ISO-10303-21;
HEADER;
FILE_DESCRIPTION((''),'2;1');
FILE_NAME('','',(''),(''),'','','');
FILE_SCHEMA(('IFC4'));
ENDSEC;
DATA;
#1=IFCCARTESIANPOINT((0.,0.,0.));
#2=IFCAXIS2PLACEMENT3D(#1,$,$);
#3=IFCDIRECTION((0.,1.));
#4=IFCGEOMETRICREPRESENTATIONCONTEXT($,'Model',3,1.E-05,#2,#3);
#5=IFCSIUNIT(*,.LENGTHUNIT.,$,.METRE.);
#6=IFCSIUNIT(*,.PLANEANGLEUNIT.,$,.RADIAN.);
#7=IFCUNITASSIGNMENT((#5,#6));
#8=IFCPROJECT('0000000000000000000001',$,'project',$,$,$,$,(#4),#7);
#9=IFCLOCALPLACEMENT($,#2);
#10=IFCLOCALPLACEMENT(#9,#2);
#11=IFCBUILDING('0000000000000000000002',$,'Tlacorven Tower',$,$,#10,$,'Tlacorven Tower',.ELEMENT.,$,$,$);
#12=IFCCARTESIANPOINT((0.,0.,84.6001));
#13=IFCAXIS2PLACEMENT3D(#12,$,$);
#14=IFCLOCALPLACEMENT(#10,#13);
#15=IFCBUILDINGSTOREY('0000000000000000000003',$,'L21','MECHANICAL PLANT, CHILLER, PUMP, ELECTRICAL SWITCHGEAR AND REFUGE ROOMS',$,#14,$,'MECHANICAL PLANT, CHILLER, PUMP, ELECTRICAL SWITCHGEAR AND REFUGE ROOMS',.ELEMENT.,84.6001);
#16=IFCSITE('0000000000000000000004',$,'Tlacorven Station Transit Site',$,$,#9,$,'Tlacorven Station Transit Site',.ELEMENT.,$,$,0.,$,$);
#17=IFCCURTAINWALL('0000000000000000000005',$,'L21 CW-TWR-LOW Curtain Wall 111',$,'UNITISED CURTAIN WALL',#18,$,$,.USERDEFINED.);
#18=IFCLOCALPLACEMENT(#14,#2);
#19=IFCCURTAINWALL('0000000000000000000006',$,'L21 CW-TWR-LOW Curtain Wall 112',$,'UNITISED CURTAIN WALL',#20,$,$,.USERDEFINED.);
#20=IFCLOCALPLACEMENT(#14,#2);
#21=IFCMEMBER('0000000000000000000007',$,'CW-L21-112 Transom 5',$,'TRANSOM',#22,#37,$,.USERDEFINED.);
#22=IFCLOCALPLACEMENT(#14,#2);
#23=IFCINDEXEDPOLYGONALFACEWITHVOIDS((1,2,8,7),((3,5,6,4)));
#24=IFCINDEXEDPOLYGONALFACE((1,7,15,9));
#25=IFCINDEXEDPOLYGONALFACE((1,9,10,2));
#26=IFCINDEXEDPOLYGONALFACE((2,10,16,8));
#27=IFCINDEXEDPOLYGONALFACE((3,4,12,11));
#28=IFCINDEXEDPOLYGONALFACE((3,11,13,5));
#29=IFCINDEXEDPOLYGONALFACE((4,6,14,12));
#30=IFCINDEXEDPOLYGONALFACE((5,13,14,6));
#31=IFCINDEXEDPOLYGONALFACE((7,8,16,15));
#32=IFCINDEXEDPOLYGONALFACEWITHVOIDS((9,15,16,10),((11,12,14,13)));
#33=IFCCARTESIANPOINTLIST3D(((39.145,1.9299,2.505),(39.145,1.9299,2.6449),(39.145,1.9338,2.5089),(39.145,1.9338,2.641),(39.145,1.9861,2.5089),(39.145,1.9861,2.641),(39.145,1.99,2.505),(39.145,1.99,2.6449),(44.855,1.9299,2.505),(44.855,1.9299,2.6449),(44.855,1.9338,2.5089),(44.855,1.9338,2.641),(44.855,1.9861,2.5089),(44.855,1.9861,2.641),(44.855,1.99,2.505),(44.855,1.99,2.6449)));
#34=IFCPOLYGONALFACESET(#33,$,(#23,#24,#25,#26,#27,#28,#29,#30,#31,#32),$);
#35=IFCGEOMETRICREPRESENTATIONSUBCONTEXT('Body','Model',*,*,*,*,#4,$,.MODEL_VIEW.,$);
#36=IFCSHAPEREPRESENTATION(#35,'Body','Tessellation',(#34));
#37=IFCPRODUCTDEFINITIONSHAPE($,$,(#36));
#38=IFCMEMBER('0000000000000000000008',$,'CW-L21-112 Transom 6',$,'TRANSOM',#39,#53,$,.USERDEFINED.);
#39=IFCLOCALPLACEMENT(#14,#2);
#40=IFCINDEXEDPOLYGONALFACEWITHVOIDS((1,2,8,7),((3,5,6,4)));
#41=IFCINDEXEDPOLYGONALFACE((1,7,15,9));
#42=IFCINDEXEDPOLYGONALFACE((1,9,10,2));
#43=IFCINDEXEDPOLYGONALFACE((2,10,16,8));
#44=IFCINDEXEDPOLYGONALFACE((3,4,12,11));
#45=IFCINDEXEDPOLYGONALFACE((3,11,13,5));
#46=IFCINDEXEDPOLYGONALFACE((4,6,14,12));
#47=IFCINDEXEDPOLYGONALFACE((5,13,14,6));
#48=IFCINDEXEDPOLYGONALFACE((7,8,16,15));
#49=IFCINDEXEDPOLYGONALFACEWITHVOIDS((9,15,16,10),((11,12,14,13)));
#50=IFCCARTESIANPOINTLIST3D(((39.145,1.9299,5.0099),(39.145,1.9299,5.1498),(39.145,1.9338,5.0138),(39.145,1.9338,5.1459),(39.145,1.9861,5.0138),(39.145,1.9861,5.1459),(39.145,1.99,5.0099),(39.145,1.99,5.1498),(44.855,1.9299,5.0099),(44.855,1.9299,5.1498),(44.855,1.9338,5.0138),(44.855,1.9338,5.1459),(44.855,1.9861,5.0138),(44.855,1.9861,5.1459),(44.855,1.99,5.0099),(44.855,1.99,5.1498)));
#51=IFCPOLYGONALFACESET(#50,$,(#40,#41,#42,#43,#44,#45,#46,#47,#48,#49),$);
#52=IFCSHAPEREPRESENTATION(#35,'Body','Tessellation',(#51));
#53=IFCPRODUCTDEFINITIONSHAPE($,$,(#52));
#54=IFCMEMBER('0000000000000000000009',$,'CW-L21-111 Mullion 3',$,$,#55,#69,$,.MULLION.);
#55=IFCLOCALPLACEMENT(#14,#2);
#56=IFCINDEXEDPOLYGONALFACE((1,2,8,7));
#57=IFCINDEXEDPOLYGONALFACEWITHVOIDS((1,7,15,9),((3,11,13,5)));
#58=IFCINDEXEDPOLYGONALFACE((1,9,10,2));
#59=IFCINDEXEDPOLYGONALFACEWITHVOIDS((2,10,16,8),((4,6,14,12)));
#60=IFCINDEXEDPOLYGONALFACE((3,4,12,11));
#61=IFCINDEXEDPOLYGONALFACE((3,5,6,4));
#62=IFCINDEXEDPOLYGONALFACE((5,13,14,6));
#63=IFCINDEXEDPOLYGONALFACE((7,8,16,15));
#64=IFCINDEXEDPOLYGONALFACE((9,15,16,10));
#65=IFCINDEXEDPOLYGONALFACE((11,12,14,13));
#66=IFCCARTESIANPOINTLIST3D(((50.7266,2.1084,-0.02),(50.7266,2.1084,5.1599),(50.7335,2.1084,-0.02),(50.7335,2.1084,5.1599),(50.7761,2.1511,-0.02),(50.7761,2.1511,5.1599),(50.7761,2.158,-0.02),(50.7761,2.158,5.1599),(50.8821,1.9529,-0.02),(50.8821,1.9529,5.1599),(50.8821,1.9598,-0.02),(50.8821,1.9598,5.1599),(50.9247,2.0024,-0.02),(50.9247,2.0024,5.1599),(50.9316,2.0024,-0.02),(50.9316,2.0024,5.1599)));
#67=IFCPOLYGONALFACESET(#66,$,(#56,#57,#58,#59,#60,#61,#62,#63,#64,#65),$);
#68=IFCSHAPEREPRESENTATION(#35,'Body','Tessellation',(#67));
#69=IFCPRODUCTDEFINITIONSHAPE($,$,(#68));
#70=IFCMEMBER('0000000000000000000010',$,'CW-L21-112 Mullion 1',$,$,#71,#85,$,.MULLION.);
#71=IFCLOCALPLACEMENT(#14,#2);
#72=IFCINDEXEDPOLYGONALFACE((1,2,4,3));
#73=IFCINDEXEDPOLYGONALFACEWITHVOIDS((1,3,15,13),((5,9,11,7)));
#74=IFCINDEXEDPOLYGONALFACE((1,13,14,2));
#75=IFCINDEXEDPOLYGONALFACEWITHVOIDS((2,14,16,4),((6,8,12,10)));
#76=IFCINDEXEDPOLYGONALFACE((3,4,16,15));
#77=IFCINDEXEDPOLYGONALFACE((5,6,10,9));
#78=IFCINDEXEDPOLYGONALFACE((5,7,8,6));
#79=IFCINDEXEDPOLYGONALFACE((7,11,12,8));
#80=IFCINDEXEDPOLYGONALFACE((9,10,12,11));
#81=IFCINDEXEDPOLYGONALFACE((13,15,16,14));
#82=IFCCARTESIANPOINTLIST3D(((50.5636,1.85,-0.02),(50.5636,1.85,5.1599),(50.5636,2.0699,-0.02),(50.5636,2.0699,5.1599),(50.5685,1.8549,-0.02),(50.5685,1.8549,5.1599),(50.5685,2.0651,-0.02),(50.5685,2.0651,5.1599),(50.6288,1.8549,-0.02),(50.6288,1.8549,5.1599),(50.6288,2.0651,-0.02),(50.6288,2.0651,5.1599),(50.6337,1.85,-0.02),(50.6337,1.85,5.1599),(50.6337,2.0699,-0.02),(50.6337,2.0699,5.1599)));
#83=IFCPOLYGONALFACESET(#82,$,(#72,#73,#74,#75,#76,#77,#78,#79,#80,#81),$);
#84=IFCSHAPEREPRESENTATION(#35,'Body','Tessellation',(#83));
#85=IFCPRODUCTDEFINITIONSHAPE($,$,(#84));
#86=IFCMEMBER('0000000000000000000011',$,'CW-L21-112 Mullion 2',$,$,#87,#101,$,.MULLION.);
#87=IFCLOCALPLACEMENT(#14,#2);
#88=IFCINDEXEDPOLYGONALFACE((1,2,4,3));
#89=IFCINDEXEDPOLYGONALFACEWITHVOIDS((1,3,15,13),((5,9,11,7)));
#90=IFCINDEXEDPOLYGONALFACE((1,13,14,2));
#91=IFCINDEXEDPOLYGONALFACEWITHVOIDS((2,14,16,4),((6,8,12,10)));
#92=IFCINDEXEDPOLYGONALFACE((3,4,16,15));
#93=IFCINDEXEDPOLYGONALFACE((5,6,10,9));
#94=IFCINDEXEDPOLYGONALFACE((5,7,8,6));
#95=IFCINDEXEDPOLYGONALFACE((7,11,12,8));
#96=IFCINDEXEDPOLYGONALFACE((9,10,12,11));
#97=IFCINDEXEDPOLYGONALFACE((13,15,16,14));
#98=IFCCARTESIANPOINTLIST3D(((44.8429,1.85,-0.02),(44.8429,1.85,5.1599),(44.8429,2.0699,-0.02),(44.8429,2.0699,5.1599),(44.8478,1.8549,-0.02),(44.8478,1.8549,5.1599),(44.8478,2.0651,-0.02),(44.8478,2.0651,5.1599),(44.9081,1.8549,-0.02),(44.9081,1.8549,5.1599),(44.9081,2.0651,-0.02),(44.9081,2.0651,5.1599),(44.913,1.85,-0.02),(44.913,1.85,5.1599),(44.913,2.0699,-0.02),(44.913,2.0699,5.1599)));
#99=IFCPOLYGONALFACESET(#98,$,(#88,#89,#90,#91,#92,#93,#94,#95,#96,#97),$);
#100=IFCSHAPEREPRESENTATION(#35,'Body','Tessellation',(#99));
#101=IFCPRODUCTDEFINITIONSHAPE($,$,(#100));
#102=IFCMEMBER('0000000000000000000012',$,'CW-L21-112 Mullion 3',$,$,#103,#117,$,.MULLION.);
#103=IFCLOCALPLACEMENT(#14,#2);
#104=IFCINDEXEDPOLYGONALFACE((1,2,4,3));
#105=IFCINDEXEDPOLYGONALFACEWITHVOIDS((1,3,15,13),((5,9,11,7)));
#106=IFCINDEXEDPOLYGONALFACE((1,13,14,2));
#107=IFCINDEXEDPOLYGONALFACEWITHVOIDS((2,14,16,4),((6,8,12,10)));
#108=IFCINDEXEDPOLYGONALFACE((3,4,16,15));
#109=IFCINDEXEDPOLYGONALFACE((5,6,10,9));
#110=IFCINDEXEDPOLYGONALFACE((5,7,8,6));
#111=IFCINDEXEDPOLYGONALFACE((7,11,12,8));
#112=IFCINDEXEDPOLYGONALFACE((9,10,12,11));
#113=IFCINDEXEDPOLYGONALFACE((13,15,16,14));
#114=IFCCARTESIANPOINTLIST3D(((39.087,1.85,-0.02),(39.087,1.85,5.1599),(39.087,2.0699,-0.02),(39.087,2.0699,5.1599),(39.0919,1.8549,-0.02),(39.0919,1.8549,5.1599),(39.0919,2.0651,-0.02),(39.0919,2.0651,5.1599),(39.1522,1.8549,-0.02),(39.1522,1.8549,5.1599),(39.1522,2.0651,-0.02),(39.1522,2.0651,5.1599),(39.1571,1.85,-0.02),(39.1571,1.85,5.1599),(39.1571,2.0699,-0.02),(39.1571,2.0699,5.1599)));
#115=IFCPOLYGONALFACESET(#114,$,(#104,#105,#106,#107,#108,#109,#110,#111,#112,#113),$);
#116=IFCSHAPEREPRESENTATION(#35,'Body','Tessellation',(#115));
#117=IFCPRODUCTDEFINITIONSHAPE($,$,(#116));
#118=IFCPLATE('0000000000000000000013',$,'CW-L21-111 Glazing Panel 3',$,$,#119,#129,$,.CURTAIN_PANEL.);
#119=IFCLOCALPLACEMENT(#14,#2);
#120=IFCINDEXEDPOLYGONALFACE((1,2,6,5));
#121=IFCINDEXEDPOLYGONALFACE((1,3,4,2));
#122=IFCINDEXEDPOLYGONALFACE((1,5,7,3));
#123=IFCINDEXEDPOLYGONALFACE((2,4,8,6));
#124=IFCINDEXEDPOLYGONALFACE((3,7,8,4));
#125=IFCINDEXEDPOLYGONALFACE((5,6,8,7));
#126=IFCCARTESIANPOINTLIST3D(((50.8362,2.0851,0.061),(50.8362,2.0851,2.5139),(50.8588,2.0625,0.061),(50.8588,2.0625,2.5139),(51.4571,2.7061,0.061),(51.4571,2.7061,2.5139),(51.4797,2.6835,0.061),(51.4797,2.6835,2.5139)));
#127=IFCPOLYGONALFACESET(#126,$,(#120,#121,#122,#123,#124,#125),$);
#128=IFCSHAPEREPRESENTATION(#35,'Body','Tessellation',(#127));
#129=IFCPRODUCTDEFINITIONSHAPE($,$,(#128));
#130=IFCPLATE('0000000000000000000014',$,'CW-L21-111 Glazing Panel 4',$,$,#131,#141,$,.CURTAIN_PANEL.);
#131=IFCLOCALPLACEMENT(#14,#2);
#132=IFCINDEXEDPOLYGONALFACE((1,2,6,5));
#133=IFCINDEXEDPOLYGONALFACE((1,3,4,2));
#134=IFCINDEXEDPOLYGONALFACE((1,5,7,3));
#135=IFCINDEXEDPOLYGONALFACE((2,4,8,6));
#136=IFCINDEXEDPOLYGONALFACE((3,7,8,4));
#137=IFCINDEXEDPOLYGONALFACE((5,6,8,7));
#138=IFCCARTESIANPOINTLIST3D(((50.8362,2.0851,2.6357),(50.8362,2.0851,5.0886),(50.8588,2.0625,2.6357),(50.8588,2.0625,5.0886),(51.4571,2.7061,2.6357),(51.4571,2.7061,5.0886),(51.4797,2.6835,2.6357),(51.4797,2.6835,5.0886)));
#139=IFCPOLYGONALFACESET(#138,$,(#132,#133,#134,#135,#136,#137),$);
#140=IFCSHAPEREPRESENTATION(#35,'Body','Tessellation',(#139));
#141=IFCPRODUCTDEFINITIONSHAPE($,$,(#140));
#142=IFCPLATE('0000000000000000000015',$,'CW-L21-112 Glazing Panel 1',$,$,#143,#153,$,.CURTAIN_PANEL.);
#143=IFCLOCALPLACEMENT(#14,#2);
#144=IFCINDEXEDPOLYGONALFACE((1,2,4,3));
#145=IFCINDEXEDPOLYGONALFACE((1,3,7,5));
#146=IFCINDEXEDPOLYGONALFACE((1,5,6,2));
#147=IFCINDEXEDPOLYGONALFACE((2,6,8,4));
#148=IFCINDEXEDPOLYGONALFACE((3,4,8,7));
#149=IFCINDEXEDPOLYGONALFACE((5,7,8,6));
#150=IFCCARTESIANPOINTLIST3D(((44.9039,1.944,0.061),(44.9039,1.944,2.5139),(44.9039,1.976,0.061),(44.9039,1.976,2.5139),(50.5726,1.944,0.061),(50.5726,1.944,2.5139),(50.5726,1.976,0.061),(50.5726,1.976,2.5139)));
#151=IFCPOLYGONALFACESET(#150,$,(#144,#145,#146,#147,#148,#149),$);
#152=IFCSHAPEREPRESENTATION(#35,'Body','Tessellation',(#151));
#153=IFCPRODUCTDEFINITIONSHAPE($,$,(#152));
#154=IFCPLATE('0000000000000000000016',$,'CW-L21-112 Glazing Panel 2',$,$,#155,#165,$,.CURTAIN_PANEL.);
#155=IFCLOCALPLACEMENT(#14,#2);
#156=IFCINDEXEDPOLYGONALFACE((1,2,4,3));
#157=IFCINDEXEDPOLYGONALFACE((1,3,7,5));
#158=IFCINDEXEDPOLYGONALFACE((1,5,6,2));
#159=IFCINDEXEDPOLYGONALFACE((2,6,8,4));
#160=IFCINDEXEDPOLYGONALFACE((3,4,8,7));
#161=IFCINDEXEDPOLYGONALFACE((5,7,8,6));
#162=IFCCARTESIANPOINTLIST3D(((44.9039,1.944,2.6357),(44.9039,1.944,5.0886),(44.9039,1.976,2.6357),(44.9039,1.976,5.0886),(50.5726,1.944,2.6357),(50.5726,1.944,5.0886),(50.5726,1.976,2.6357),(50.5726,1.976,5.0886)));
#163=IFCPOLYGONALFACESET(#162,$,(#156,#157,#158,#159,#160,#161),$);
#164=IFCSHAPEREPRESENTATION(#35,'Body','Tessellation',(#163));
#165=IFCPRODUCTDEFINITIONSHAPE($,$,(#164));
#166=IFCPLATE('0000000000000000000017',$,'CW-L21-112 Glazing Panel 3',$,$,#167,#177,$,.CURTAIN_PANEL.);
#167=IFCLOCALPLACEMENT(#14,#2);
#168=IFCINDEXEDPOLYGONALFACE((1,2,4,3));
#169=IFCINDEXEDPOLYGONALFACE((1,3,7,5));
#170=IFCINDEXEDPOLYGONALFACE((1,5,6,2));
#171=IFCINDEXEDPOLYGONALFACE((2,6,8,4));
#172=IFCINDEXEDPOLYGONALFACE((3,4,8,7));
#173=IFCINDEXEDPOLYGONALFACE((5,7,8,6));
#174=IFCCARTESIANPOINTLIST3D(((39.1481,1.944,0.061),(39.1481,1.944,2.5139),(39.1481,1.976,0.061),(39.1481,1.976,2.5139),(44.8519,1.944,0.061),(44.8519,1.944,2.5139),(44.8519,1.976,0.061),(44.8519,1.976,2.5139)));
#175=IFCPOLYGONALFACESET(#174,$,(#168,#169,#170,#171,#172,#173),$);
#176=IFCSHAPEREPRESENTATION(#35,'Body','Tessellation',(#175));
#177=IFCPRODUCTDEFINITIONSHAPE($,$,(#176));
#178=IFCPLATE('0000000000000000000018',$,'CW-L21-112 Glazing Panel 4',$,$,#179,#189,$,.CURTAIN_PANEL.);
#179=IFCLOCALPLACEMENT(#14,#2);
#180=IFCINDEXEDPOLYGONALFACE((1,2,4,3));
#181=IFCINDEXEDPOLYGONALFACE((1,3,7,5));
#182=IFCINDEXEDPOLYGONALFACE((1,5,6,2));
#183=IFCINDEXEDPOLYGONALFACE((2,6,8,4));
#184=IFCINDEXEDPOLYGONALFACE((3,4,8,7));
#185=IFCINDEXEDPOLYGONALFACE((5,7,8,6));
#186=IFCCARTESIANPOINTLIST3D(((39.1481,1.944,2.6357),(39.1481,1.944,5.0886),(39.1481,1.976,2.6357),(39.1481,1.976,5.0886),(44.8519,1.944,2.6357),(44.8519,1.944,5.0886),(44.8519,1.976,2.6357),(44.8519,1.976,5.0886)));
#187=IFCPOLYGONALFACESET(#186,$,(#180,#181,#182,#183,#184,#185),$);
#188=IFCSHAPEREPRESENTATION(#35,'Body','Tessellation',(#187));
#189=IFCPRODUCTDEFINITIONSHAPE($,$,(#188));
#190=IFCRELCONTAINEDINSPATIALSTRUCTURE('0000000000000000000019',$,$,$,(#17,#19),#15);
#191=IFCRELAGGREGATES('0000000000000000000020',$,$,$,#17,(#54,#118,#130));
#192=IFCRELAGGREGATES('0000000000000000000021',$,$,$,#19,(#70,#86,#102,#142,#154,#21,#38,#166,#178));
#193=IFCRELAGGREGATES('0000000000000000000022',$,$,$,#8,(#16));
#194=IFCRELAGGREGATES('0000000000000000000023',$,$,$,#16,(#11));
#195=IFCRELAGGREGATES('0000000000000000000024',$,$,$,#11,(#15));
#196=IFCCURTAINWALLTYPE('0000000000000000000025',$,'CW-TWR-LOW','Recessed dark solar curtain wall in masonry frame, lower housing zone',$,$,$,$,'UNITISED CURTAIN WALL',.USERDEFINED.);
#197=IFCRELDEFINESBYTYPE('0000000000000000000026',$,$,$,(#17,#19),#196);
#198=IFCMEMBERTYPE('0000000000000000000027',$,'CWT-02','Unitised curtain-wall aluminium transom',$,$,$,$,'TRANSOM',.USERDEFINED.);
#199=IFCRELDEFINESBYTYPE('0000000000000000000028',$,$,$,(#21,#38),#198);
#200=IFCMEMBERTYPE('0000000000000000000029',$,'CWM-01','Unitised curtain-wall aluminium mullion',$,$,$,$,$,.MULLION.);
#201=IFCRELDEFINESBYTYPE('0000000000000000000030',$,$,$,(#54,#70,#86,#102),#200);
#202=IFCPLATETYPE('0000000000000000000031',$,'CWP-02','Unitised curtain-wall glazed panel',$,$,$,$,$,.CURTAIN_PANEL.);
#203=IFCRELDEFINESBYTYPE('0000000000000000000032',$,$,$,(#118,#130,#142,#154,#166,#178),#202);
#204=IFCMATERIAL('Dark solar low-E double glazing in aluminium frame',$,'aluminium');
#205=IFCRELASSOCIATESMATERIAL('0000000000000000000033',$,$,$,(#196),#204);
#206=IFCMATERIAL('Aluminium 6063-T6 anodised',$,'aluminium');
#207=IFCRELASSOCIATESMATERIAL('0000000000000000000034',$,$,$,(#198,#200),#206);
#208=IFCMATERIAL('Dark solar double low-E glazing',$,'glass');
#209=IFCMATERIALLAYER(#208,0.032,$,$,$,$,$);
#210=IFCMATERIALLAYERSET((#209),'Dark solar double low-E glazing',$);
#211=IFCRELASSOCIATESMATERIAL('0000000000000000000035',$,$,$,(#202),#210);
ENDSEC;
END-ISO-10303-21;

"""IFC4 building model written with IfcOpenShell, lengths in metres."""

from ifc_helpers import new_model, si_unit, direction, frame, origin, origin_2d, place, context, subcontext, project, spatial, rectangle, hollow_rectangle, extrude, source, transform, mapped, material, layer, layer_set, material_profile, profile_set, type_object, element, aggregate, save


model = new_model("IFC4")

# Units and contexts
model_context = context("Model", 3, precision=1e-05, world=origin(), true_north=direction((0.0, 1.0)))
body_context = subcontext(model_context, "Body", "Model", "MODEL_VIEW")
ifc_project = project(units=[si_unit("LENGTHUNIT", "METRE"), si_unit("PLANEANGLEUNIT", "RADIAN")], contexts=[model_context])

# Site, building, storey
site_placement = place(None, origin())
site = spatial("IfcSite", under=ifc_project, at=site_placement, Name="Tlacorven Station Transit Site", LongName="Tlacorven Station Transit Site", CompositionType="ELEMENT", RefElevation=0.0)
building_placement = place(site_placement, origin())
building = spatial("IfcBuilding", under=site, at=building_placement, Name="Tlacorven Tower", LongName="Tlacorven Tower", CompositionType="ELEMENT")
storey_placement = place(building_placement, frame((0.0, 0.0, 84.6001)))
storey = spatial("IfcBuildingStorey", under=building, at=storey_placement, Name="L21", Description="MECHANICAL PLANT, CHILLER, PUMP, ELECTRICAL SWITCHGEAR AND REFUGE ROOMS", LongName="MECHANICAL PLANT, CHILLER, PUMP, ELECTRICAL SWITCHGEAR AND REFUGE ROOMS", CompositionType="ELEMENT", Elevation=84.6001)

# Curtain walls, members
ifc_material_1 = material(Name="Dark solar low-E double glazing in aluminium frame", Category="aluminium")
curtain_wall_type = type_object("IfcCurtainWallType", Name="CW-TWR-LOW", Description="Recessed dark solar curtain wall in masonry frame, lower housing zone", ElementType="UNITISED CURTAIN WALL", PredefinedType="USERDEFINED", material=ifc_material_1)
curtain_wall_1_placement = place(storey_placement, origin())
curtain_wall_1 = element("IfcCurtainWall", 1, at=curtain_wall_1_placement, inside=storey, type_object=curtain_wall_type, Name="L21 CW-TWR-LOW Curtain Wall 111", ObjectType="UNITISED CURTAIN WALL", PredefinedType="USERDEFINED")
ifc_material_2 = material(Name="Aluminium 6063-T6 anodised", Category="aluminium")
ifc_material_profile_1 = material_profile(ifc_material_2, hollow_rectangle(XDim=0.0601, YDim=0.1399, WallThickness=0.0039, at=origin_2d()), Name="ALU TRANSOM 60X140")
ifc_profile_set_1 = profile_set([ifc_material_profile_1], Name="Aluminium 6063-T6 anodised")
member_type_1 = type_object("IfcMemberType", Name="CWT-02", Description="Unitised curtain-wall aluminium transom", ElementType="TRANSOM", PredefinedType="USERDEFINED", material=ifc_profile_set_1)
curtain_wall_2_placement = place(storey_placement, origin())
curtain_wall_2 = element("IfcCurtainWall", 2, at=curtain_wall_2_placement, inside=storey, type_object=curtain_wall_type, Name="L21 CW-TWR-LOW Curtain Wall 112", ObjectType="UNITISED CURTAIN WALL", PredefinedType="USERDEFINED")
shared_shape_1 = source(origin(), body_context, "Body", "SweptSolid", [
    extrude(hollow_rectangle(XDim=0.0601, YDim=0.1399, WallThickness=0.0039, at=origin_2d()), origin(), (0.0, 0.0, 1.0), 5.71),
])
member_1_placement = place(storey_placement, frame((44.855, 1.96, 2.575), z_axis=(-1.0, 0.0, 0.0), x_axis=(0.0, -1.0, 0.0)))
member_1 = element("IfcMember", 3, at=member_1_placement, type_object=member_type_1, Name="CW-L21-112 Transom 5", ObjectType="TRANSOM", PredefinedType="USERDEFINED", context=body_context, shape_type="MappedRepresentation", body=[
    mapped(shared_shape_1, transform((0.0, 0.0, 0.0), scale=1.0)),
])
member_2_placement = place(storey_placement, frame((44.855, 1.96, 5.0798), z_axis=(-1.0, 0.0, 0.0), x_axis=(0.0, -1.0, 0.0)))
member_2 = element("IfcMember", 4, at=member_2_placement, type_object=member_type_1, Name="CW-L21-112 Transom 6", ObjectType="TRANSOM", PredefinedType="USERDEFINED", context=body_context, shape_type="MappedRepresentation", body=[
    mapped(shared_shape_1, transform((0.0, 0.0, 0.0), scale=1.0)),
])

# Members
ifc_material_profile_2 = material_profile(ifc_material_2, hollow_rectangle(XDim=0.0701, YDim=0.22, WallThickness=0.0049, at=origin_2d()), Name="ALU MULLION 70X220")
ifc_profile_set_2 = profile_set([ifc_material_profile_2], Name="Aluminium 6063-T6 anodised")
member_type_2 = type_object("IfcMemberType", Name="CWM-01", Description="Unitised curtain-wall aluminium mullion", PredefinedType="MULLION", material=ifc_profile_set_2)
shared_shape_2 = source(origin(), body_context, "Body", "SweptSolid", [
    extrude(hollow_rectangle(XDim=0.0701, YDim=0.22, WallThickness=0.0049, at=origin_2d()), origin(), (0.0, 0.0, 1.0), 5.1799),
])
member_3_placement = place(storey_placement, frame((50.8291, 2.0554, -0.02), z_axis=(0.0, 0.0, 1.0), x_axis=(-0.707107, -0.707107, 0.0)))
member_3 = element("IfcMember", 5, at=member_3_placement, type_object=member_type_2, Name="CW-L21-111 Mullion 3", PredefinedType="MULLION", context=body_context, shape_type="MappedRepresentation", body=[
    mapped(shared_shape_2, transform((0.0, 0.0, 0.0), scale=1.0)),
])
member_4_placement = place(storey_placement, frame((50.5986, 1.96, -0.02), z_axis=(0.0, 0.0, 1.0), x_axis=(-1.0, 0.0, 0.0)))
member_4 = element("IfcMember", 6, at=member_4_placement, type_object=member_type_2, Name="CW-L21-112 Mullion 1", PredefinedType="MULLION", context=body_context, shape_type="MappedRepresentation", body=[
    mapped(shared_shape_2, transform((0.0, 0.0, 0.0), scale=1.0)),
])
member_5_placement = place(storey_placement, frame((44.8779, 1.96, -0.02), z_axis=(0.0, 0.0, 1.0), x_axis=(-1.0, 0.0, 0.0)))
member_5 = element("IfcMember", 7, at=member_5_placement, type_object=member_type_2, Name="CW-L21-112 Mullion 2", PredefinedType="MULLION", context=body_context, shape_type="MappedRepresentation", body=[
    mapped(shared_shape_2, transform((0.0, 0.0, 0.0), scale=1.0)),
])
member_6_placement = place(storey_placement, frame((39.1221, 1.96, -0.02), z_axis=(0.0, 0.0, 1.0), x_axis=(-1.0, 0.0, 0.0)))
member_6 = element("IfcMember", 8, at=member_6_placement, type_object=member_type_2, Name="CW-L21-112 Mullion 3", PredefinedType="MULLION", context=body_context, shape_type="MappedRepresentation", body=[
    mapped(shared_shape_2, transform((0.0, 0.0, 0.0), scale=1.0)),
])

# Plates
ifc_material_3 = material(Name="Dark solar double low-E glazing", Category="glass")
ifc_layer_1 = layer(ifc_material_3, 0.032)
ifc_layer_set_1 = layer_set([ifc_layer_1], Name="Dark solar double low-E glazing")
plate_type = type_object("IfcPlateType", Name="CWP-02", Description="Unitised curtain-wall glazed panel", PredefinedType="CURTAIN_PANEL", material=ifc_layer_set_1)
shared_shape_3 = source(origin(), body_context, "Body", "SweptSolid", [
    extrude(rectangle(XDim=0.8782, YDim=0.032, at=origin_2d()), origin(), (0.0, 0.0, 1.0), 2.4529),
])
plate_1_placement = place(storey_placement, frame((51.158, 2.3843, 0.061), z_axis=(0.0, 0.0, 1.0), x_axis=(-0.707107, -0.707107, 0.0)))
plate_1 = element("IfcPlate", 9, at=plate_1_placement, type_object=plate_type, Name="CW-L21-111 Glazing Panel 3", PredefinedType="CURTAIN_PANEL", context=body_context, shape_type="MappedRepresentation", body=[
    mapped(shared_shape_3, transform((0.0, 0.0, 0.0), scale=1.0)),
])
plate_2_placement = place(storey_placement, frame((51.158, 2.3843, 2.6357), z_axis=(0.0, 0.0, 1.0), x_axis=(-0.707107, -0.707107, 0.0)))
plate_2 = element("IfcPlate", 10, at=plate_2_placement, type_object=plate_type, Name="CW-L21-111 Glazing Panel 4", PredefinedType="CURTAIN_PANEL", context=body_context, shape_type="MappedRepresentation", body=[
    mapped(shared_shape_3, transform((0.0, 0.0, 0.0), scale=1.0)),
])
aggregate(curtain_wall_1, [member_3, plate_1, plate_2])
shared_shape_4 = source(origin(), body_context, "Body", "SweptSolid", [
    extrude(rectangle(XDim=5.6687, YDim=0.032, at=origin_2d()), origin(), (0.0, 0.0, 1.0), 2.4529),
])
plate_3_placement = place(storey_placement, frame((47.7383, 1.96, 0.061), z_axis=(0.0, 0.0, 1.0), x_axis=(-1.0, 0.0, 0.0)))
plate_3 = element("IfcPlate", 11, at=plate_3_placement, type_object=plate_type, Name="CW-L21-112 Glazing Panel 1", PredefinedType="CURTAIN_PANEL", context=body_context, shape_type="MappedRepresentation", body=[
    mapped(shared_shape_4, transform((0.0, 0.0, 0.0), scale=1.0)),
])
plate_4_placement = place(storey_placement, frame((47.7383, 1.96, 2.6357), z_axis=(0.0, 0.0, 1.0), x_axis=(-1.0, 0.0, 0.0)))
plate_4 = element("IfcPlate", 12, at=plate_4_placement, type_object=plate_type, Name="CW-L21-112 Glazing Panel 2", PredefinedType="CURTAIN_PANEL", context=body_context, shape_type="MappedRepresentation", body=[
    mapped(shared_shape_4, transform((0.0, 0.0, 0.0), scale=1.0)),
])
shared_shape_5 = source(origin(), body_context, "Body", "SweptSolid", [
    extrude(rectangle(XDim=5.7039, YDim=0.032, at=origin_2d()), origin(), (0.0, 0.0, 1.0), 2.4529),
])
plate_5_placement = place(storey_placement, frame((42.0, 1.96, 0.061), z_axis=(0.0, 0.0, 1.0), x_axis=(-1.0, 0.0, 0.0)))
plate_5 = element("IfcPlate", 13, at=plate_5_placement, type_object=plate_type, Name="CW-L21-112 Glazing Panel 3", PredefinedType="CURTAIN_PANEL", context=body_context, shape_type="MappedRepresentation", body=[
    mapped(shared_shape_5, transform((0.0, 0.0, 0.0), scale=1.0)),
])
plate_6_placement = place(storey_placement, frame((42.0, 1.96, 2.6357), z_axis=(0.0, 0.0, 1.0), x_axis=(-1.0, 0.0, 0.0)))
plate_6 = element("IfcPlate", 14, at=plate_6_placement, type_object=plate_type, Name="CW-L21-112 Glazing Panel 4", PredefinedType="CURTAIN_PANEL", context=body_context, shape_type="MappedRepresentation", body=[
    mapped(shared_shape_5, transform((0.0, 0.0, 0.0), scale=1.0)),
])
aggregate(curtain_wall_2, [member_4, member_5, member_6, plate_3, plate_4, member_1, member_2, plate_5, plate_6])

save(model, "model.ifc")
